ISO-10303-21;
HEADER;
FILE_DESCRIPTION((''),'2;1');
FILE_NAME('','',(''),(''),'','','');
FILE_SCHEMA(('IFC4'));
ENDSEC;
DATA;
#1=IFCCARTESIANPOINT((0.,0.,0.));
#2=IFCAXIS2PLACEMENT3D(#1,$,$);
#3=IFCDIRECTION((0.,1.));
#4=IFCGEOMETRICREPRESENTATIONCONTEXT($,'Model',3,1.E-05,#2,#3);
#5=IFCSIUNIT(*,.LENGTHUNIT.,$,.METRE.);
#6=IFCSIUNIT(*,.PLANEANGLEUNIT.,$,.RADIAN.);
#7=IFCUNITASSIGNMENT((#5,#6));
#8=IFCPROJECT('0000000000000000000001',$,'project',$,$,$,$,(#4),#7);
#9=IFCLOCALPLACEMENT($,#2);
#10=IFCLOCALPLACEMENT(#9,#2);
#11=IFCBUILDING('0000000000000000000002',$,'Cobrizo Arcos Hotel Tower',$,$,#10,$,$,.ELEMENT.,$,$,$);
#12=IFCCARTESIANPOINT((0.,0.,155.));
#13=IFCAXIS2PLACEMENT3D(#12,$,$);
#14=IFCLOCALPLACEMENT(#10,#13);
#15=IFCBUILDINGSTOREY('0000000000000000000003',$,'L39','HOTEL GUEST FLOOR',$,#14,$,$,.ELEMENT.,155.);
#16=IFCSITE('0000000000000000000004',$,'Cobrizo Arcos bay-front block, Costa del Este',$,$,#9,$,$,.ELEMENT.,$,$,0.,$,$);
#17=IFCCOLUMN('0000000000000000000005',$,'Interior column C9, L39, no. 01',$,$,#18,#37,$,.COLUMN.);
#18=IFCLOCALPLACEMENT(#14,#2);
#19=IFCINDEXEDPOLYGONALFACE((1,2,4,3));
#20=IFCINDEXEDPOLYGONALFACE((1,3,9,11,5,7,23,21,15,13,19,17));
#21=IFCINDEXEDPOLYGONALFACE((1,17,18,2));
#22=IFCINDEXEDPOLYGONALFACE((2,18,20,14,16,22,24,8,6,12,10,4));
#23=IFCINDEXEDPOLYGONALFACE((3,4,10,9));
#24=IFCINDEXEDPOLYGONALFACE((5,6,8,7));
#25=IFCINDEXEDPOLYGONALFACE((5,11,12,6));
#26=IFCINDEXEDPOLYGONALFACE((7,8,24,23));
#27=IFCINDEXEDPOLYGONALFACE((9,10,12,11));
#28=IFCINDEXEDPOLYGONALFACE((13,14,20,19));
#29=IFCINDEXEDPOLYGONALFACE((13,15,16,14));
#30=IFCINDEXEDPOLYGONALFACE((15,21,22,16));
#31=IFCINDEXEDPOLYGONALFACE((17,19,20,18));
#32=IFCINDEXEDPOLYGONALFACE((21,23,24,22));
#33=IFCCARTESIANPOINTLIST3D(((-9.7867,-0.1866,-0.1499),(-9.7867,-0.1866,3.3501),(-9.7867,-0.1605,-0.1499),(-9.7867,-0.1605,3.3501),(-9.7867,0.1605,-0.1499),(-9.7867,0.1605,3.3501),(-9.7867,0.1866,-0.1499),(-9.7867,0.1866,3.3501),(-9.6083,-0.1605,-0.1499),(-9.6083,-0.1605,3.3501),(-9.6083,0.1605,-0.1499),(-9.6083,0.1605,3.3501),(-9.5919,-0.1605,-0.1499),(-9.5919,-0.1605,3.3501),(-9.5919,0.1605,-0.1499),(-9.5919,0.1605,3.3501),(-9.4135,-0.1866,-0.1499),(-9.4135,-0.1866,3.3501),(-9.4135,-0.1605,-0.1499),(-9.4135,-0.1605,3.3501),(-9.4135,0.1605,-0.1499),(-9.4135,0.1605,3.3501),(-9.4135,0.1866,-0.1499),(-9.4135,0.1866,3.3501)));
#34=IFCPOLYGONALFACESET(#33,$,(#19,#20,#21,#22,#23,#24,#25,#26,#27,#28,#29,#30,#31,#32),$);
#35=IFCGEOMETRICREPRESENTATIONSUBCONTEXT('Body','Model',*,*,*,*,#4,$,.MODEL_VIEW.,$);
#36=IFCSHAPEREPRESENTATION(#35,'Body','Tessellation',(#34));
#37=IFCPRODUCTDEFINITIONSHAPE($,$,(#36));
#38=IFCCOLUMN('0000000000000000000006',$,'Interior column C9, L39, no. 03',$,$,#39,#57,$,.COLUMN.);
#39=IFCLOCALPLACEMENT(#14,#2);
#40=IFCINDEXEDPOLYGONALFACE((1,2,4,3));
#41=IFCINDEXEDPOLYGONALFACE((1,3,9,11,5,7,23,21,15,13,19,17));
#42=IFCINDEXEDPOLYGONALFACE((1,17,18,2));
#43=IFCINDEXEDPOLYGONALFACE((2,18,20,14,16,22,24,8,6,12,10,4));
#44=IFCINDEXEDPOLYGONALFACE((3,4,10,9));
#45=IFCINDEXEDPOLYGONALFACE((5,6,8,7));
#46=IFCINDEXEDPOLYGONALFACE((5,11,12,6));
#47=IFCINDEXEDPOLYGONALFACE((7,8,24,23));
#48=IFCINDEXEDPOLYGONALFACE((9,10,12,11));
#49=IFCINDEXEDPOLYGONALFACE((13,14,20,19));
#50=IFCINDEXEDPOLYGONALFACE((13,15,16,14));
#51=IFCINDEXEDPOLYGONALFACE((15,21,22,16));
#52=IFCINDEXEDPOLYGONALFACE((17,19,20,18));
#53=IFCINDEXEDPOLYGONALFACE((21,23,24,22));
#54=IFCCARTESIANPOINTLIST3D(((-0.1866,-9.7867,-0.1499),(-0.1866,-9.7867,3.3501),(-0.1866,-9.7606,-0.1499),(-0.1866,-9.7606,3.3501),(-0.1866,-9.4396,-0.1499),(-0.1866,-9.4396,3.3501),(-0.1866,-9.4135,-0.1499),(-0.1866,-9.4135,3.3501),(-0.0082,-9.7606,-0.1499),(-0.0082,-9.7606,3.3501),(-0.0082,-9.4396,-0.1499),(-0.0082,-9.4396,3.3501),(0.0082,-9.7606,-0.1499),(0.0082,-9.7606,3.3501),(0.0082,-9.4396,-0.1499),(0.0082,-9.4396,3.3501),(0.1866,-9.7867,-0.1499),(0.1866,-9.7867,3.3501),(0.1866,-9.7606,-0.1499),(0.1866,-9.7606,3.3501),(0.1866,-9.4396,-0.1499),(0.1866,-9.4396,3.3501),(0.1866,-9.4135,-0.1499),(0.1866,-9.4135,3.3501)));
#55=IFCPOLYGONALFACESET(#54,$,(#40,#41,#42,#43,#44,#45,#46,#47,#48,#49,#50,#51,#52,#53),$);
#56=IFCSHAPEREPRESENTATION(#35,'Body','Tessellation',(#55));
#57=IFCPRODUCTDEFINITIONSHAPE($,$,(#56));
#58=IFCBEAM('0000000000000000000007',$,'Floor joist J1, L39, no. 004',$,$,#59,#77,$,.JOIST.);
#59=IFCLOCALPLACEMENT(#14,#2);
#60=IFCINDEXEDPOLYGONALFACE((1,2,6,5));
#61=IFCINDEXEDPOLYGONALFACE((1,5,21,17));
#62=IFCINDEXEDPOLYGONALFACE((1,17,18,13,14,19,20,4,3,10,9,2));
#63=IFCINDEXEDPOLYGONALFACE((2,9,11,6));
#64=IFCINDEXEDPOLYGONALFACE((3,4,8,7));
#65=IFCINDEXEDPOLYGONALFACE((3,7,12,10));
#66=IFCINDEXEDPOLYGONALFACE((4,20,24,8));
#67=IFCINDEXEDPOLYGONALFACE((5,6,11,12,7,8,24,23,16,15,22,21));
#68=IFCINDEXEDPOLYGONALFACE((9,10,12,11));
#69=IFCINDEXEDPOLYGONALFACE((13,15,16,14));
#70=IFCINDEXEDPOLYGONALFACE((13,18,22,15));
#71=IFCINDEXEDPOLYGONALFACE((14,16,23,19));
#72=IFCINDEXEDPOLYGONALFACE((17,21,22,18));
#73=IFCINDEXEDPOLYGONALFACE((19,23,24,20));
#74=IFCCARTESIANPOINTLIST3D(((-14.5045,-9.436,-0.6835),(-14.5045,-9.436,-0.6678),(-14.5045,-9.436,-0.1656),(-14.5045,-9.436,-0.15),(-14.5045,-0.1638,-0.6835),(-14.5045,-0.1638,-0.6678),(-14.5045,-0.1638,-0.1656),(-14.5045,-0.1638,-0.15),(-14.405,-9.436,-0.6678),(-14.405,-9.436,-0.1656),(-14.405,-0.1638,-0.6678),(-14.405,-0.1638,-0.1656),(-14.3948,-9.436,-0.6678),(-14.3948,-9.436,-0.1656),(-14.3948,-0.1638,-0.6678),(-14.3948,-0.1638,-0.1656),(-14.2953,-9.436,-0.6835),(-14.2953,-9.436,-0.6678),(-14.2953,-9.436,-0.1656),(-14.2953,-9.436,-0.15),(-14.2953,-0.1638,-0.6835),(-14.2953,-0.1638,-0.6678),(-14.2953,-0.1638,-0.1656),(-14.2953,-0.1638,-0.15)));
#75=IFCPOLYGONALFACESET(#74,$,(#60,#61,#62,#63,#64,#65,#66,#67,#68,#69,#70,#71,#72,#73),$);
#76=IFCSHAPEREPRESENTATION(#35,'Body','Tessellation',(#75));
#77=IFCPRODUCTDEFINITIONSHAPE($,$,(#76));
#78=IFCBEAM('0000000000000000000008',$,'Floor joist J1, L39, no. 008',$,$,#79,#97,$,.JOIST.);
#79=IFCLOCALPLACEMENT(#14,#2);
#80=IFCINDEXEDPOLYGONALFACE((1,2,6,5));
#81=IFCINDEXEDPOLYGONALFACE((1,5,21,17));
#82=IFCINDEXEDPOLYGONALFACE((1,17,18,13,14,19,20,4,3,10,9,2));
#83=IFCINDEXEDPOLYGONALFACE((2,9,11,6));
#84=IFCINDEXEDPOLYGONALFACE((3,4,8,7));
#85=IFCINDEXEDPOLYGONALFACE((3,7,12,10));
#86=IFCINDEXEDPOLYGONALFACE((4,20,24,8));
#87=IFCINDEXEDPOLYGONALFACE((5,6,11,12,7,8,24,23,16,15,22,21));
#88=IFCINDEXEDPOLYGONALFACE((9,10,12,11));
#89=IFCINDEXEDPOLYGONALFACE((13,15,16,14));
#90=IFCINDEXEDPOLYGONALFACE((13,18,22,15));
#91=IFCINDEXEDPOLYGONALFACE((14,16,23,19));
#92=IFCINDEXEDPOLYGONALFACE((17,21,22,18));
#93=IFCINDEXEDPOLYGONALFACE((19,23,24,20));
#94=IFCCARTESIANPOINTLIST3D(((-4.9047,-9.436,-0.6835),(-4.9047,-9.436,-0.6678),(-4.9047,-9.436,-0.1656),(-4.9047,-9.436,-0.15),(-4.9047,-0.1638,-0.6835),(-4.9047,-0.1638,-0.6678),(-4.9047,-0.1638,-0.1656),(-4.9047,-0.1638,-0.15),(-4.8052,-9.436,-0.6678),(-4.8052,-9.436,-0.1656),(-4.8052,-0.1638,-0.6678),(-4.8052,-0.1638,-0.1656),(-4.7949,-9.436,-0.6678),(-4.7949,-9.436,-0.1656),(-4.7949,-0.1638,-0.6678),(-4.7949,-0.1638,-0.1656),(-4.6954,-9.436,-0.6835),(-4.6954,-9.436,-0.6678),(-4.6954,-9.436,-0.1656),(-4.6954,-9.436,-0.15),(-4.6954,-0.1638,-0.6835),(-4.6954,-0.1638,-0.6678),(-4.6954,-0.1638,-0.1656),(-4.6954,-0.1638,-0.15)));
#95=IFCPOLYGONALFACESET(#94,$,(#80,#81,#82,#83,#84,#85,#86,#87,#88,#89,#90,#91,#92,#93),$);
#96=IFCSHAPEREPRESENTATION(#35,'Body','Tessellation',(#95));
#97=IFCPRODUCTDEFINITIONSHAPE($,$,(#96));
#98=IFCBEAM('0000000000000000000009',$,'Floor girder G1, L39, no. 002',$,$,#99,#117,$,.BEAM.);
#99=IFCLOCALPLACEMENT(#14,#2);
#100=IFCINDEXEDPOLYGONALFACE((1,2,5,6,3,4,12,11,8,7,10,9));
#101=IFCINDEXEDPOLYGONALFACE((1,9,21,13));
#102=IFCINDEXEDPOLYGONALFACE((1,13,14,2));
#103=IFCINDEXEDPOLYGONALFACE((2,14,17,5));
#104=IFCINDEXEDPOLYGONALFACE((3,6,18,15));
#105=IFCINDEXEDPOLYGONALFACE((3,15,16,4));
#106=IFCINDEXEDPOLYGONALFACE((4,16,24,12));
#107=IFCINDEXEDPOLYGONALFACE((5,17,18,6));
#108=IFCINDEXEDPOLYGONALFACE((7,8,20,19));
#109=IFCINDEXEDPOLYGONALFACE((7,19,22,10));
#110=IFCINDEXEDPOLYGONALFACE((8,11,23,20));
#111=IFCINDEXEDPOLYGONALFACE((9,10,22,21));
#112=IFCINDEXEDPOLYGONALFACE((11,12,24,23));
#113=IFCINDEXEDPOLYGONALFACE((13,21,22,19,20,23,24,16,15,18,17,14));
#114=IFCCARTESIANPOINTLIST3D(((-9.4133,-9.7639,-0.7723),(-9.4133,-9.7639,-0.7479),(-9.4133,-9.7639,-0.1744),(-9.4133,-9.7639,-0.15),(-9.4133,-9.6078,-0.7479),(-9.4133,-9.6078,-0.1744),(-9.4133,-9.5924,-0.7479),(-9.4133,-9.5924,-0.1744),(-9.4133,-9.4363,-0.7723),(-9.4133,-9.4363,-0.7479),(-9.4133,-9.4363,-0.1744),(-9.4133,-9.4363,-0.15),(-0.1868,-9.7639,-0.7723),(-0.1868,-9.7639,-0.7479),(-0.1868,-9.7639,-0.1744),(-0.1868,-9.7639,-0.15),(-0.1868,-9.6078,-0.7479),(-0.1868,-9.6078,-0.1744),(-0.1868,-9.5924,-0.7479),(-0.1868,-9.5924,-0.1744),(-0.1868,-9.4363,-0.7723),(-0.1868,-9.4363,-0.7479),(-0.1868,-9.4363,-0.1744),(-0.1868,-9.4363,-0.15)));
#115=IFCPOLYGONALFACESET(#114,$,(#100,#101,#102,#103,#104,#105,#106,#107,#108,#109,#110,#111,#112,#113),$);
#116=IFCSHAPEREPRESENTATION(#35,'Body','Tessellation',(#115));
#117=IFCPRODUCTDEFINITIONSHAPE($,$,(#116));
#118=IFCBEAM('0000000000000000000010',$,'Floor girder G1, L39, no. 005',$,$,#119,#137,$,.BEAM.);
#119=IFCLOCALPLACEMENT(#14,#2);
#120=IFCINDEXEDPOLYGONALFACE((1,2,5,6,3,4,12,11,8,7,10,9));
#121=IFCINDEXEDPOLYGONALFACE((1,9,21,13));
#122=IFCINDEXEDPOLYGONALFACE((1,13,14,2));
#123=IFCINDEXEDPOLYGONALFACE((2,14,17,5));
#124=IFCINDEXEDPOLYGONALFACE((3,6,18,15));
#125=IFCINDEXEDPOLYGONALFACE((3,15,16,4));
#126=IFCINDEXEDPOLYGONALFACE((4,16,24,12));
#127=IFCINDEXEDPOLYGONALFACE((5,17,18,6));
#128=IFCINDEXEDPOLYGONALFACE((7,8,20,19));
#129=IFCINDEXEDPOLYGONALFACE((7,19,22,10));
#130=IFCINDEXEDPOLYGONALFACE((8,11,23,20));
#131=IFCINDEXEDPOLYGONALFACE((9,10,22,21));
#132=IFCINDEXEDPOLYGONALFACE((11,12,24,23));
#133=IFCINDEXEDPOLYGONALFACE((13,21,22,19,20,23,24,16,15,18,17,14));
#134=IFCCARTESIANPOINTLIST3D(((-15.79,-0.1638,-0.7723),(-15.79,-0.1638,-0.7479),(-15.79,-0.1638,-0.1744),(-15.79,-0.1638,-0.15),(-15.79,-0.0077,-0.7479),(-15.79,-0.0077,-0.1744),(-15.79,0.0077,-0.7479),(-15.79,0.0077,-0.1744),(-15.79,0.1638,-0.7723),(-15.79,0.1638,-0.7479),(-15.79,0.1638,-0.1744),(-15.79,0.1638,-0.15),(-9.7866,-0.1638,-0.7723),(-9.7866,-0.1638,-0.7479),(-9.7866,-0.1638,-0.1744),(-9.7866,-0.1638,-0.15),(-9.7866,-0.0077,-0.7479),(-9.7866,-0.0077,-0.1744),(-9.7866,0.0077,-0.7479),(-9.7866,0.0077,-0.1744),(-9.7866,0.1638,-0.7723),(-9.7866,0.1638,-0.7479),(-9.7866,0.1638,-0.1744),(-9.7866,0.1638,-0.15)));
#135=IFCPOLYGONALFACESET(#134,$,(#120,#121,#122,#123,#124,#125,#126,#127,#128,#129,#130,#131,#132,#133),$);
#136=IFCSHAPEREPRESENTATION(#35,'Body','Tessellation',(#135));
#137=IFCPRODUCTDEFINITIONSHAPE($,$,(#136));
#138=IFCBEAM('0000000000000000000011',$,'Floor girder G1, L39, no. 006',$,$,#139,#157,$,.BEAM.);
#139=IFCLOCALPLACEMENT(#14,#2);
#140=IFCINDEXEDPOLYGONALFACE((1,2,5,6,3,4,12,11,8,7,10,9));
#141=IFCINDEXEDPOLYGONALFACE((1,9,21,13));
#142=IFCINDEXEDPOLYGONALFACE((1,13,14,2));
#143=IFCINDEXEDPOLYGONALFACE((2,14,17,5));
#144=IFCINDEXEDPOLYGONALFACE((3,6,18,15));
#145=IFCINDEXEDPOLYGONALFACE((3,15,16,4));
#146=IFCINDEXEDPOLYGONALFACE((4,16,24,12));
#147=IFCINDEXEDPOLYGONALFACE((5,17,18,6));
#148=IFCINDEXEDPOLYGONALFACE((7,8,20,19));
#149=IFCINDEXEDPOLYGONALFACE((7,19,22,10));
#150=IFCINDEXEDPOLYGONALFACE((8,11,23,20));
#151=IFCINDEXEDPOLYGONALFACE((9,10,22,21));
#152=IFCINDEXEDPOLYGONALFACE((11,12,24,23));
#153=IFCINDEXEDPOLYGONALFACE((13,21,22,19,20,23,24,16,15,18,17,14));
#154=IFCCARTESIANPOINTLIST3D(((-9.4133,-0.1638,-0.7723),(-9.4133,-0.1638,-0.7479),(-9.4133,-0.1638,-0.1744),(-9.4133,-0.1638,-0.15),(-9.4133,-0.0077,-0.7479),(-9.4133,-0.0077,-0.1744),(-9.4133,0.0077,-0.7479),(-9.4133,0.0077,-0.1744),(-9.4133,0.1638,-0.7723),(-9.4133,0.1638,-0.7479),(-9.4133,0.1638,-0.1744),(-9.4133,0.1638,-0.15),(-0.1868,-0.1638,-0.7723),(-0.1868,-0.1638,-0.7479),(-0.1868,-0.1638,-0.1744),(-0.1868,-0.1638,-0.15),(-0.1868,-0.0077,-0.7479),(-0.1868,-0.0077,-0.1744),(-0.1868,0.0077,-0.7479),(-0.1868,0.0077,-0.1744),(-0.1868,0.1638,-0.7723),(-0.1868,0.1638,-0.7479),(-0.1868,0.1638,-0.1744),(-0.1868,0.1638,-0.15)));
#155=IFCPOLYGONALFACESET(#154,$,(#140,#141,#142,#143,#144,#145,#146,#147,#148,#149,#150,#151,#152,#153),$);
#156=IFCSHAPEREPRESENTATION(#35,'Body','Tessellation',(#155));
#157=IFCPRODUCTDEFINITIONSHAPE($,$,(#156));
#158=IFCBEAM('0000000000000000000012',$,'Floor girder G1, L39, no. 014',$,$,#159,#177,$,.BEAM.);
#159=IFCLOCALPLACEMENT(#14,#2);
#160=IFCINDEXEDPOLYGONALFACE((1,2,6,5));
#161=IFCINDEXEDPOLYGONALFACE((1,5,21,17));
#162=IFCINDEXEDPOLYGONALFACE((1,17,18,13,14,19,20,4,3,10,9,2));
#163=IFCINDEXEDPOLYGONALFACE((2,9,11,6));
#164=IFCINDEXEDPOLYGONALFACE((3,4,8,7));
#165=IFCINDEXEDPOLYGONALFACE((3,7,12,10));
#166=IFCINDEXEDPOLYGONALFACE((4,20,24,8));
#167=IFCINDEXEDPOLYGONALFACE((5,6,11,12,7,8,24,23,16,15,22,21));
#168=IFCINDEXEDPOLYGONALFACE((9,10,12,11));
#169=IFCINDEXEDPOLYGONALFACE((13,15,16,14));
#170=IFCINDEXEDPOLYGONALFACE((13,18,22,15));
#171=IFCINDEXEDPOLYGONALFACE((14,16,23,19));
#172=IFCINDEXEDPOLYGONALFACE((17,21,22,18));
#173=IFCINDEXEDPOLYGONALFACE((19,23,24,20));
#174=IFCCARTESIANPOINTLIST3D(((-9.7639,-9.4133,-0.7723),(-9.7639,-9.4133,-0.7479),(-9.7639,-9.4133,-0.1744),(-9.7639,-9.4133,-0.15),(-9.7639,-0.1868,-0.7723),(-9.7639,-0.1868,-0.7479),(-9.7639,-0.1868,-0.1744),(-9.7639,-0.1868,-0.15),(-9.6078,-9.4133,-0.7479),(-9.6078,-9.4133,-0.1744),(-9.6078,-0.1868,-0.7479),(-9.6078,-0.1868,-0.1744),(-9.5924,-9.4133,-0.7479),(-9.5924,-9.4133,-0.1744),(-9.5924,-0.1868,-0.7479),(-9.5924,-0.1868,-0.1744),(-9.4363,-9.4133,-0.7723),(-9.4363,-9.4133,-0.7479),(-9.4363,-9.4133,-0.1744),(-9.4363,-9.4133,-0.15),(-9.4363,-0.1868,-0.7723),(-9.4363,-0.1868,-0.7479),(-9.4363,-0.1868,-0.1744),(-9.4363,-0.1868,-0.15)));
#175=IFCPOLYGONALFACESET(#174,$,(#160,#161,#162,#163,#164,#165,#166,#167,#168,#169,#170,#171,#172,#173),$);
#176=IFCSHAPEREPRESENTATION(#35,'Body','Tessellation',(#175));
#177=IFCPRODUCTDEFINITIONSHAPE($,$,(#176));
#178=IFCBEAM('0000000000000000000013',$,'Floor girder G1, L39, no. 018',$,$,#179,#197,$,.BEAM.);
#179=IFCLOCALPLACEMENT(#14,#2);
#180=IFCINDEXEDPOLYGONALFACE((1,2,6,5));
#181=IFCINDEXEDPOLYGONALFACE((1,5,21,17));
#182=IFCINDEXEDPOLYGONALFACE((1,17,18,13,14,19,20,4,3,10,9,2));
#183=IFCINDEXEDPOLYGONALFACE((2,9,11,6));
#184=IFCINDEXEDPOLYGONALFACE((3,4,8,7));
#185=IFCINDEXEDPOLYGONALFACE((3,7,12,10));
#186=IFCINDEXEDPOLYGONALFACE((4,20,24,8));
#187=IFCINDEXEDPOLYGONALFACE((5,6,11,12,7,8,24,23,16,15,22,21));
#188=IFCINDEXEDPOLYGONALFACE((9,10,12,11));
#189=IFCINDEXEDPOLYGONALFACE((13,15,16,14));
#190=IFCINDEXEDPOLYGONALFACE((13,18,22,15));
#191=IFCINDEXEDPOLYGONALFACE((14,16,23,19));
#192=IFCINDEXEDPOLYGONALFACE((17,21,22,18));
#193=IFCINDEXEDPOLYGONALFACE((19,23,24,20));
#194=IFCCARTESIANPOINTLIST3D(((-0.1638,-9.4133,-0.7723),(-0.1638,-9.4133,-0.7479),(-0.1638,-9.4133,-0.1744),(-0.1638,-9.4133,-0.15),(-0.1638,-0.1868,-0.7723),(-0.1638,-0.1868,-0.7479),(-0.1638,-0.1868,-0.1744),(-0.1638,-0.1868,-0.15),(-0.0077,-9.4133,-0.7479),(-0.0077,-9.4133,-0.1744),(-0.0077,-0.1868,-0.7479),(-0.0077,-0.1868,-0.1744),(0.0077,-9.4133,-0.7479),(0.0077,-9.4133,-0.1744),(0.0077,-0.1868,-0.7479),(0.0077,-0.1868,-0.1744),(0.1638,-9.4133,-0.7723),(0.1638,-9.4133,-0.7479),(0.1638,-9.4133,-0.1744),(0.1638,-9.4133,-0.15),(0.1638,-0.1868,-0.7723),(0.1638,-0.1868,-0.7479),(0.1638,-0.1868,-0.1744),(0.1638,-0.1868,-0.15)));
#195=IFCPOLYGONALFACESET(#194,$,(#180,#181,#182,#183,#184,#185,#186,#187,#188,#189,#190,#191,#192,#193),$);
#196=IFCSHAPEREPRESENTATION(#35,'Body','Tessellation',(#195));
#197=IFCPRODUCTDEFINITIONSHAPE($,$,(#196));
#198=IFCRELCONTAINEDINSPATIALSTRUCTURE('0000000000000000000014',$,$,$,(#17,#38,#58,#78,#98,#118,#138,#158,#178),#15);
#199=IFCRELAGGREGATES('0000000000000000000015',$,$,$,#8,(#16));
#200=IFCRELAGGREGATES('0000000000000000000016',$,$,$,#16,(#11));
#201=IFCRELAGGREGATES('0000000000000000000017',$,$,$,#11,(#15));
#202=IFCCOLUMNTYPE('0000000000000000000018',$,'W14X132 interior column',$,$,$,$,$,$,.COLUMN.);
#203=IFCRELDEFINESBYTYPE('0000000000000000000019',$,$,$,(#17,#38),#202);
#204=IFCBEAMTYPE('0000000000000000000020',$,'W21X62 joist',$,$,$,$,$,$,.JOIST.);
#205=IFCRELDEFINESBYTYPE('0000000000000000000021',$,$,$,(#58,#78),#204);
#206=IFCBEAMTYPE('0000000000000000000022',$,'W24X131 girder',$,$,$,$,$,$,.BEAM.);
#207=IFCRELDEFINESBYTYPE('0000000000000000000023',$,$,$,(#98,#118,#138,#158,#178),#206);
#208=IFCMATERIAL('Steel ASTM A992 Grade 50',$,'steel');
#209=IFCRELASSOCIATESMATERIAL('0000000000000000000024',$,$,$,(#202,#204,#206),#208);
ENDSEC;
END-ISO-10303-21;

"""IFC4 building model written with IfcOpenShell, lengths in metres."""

from ifc_helpers import new_model, si_unit, direction, frame, origin, origin_2d, place, context, subcontext, project, spatial, i_section, extrude, material, material_profile, profile_set, type_object, element, save


model = new_model("IFC4")

# Units and contexts
model_context = context("Model", 3, precision=1e-05, world=origin(), true_north=direction((0.0, 1.0)))
body_context = subcontext(model_context, "Body", "Model", "MODEL_VIEW")
ifc_project = project(units=[si_unit("LENGTHUNIT", "METRE"), si_unit("PLANEANGLEUNIT", "RADIAN")], contexts=[model_context])

# Site, building, storey
site_placement = place(None, origin())
site = spatial("IfcSite", under=ifc_project, at=site_placement, Name="Cobrizo Arcos bay-front block, Costa del Este", CompositionType="ELEMENT", RefElevation=0.0)
building_placement = place(site_placement, origin())
building = spatial("IfcBuilding", under=site, at=building_placement, Name="Cobrizo Arcos Hotel Tower", CompositionType="ELEMENT")
storey_placement = place(building_placement, frame((0.0, 0.0, 155.0)))
storey = spatial("IfcBuildingStorey", under=building, at=storey_placement, Name="L39", Description="HOTEL GUEST FLOOR", CompositionType="ELEMENT", Elevation=155.0)

# Columns
ifc_material_1 = material(Name="Steel ASTM A992 Grade 50", Category="steel")
ifc_material_profile_1 = material_profile(ifc_material_1, i_section(OverallWidth=0.3733, OverallDepth=0.3733, WebThickness=0.0164, FlangeThickness=0.0261, at=origin_2d()), Name="W14X132")
ifc_profile_set_1 = profile_set([ifc_material_profile_1], Name="Steel ASTM A992 Grade 50")
column_type = type_object("IfcColumnType", Name="W14X132 interior column", PredefinedType="COLUMN", material=ifc_profile_set_1)
for number, where, z_axis, x_axis, name in (
    (1, (-9.6001, 0.0, -0.1499), (0.0, 0.0, 1.0), (1.0, 0.0, 0.0), "Interior column C9, L39, no. 01"),
    (2, (0.0, -9.6001, -0.1499), (0.0, 0.0, 1.0), (1.0, 0.0, 0.0), "Interior column C9, L39, no. 03"),
):
    element("IfcColumn", number, at=place(storey_placement, frame(where, z_axis=z_axis, x_axis=x_axis)), inside=storey, type_object=column_type, Name=name, PredefinedType="COLUMN", context=body_context, shape_type="SweptSolid", body=[
        extrude(i_section(OverallWidth=0.3733, OverallDepth=0.3733, WebThickness=0.0164, FlangeThickness=0.0261, at=origin_2d()), origin(), (0.0, 0.0, 1.0), 3.5),
    ])

# Beams
ifc_material_profile_2 = material_profile(ifc_material_1, i_section(OverallWidth=0.2092, OverallDepth=0.5334, WebThickness=0.0103, FlangeThickness=0.0156, at=origin_2d()), Name="W21X62")
ifc_profile_set_2 = profile_set([ifc_material_profile_2], Name="Steel ASTM A992 Grade 50")
beam_type_1 = type_object("IfcBeamType", Name="W21X62 joist", PredefinedType="JOIST", material=ifc_profile_set_2)
for number, where, z_axis, x_axis, name in (
    (3, (-14.3999, -9.436, -0.4167), (0.0, 1.0, 0.0), (-1.0, 0.0, 0.0), "Floor joist J1, L39, no. 004"),
    (4, (-4.8, -9.436, -0.4167), (0.0, 1.0, 0.0), (-1.0, 0.0, 0.0), "Floor joist J1, L39, no. 008"),
):
    element("IfcBeam", number, at=place(storey_placement, frame(where, z_axis=z_axis, x_axis=x_axis)), inside=storey, type_object=beam_type_1, Name=name, PredefinedType="JOIST", context=body_context, shape_type="SweptSolid", body=[
        extrude(i_section(OverallWidth=0.2092, OverallDepth=0.5334, WebThickness=0.0103, FlangeThickness=0.0156, at=origin_2d()), origin(), (0.0, 0.0, 1.0), 9.2722),
    ])
ifc_material_profile_3 = material_profile(ifc_material_1, i_section(OverallWidth=0.3276, OverallDepth=0.6223, WebThickness=0.0154, FlangeThickness=0.0244, at=origin_2d()), Name="W24X131")
ifc_profile_set_3 = profile_set([ifc_material_profile_3], Name="Steel ASTM A992 Grade 50")
beam_type_2 = type_object("IfcBeamType", Name="W24X131 girder", PredefinedType="BEAM", material=ifc_profile_set_3)
beam_1_placement = place(storey_placement, frame((-9.4133, -9.6001, -0.4612), z_axis=(1.0, 0.0, 0.0), x_axis=(0.0, 1.0, 0.0)))
element("IfcBeam", 5, at=beam_1_placement, inside=storey, type_object=beam_type_2, Name="Floor girder G1, L39, no. 002", PredefinedType="BEAM", context=body_context, shape_type="SweptSolid", body=[
    extrude(i_section(OverallWidth=0.3276, OverallDepth=0.6223, WebThickness=0.0154, FlangeThickness=0.0244, at=origin_2d()), origin(), (0.0, 0.0, 1.0), 9.2266),
])
beam_2_placement = place(storey_placement, frame((-15.79, 0.0, -0.4612), z_axis=(1.0, 0.0, 0.0), x_axis=(0.0, 1.0, 0.0)))
element("IfcBeam", 6, at=beam_2_placement, inside=storey, type_object=beam_type_2, Name="Floor girder G1, L39, no. 005", PredefinedType="BEAM", context=body_context, shape_type="SweptSolid", body=[
    extrude(i_section(OverallWidth=0.3276, OverallDepth=0.6223, WebThickness=0.0154, FlangeThickness=0.0244, at=origin_2d()), origin(), (0.0, 0.0, 1.0), 6.0034),
])
for number, where, z_axis, x_axis, name in (
    (7, (-9.4133, 0.0, -0.4612), (1.0, 0.0, 0.0), (0.0, 1.0, 0.0), "Floor girder G1, L39, no. 006"),
    (8, (-9.6001, -9.4133, -0.4612), (0.0, 1.0, 0.0), (-1.0, 0.0, 0.0), "Floor girder G1, L39, no. 014"),
    (9, (0.0, -9.4133, -0.4612), (0.0, 1.0, 0.0), (-1.0, 0.0, 0.0), "Floor girder G1, L39, no. 018"),
):
    element("IfcBeam", number, at=place(storey_placement, frame(where, z_axis=z_axis, x_axis=x_axis)), inside=storey, type_object=beam_type_2, Name=name, PredefinedType="BEAM", context=body_context, shape_type="SweptSolid", body=[
        extrude(i_section(OverallWidth=0.3276, OverallDepth=0.6223, WebThickness=0.0154, FlangeThickness=0.0244, at=origin_2d()), origin(), (0.0, 0.0, 1.0), 9.2266),
    ])

save(model, "model.ifc")
